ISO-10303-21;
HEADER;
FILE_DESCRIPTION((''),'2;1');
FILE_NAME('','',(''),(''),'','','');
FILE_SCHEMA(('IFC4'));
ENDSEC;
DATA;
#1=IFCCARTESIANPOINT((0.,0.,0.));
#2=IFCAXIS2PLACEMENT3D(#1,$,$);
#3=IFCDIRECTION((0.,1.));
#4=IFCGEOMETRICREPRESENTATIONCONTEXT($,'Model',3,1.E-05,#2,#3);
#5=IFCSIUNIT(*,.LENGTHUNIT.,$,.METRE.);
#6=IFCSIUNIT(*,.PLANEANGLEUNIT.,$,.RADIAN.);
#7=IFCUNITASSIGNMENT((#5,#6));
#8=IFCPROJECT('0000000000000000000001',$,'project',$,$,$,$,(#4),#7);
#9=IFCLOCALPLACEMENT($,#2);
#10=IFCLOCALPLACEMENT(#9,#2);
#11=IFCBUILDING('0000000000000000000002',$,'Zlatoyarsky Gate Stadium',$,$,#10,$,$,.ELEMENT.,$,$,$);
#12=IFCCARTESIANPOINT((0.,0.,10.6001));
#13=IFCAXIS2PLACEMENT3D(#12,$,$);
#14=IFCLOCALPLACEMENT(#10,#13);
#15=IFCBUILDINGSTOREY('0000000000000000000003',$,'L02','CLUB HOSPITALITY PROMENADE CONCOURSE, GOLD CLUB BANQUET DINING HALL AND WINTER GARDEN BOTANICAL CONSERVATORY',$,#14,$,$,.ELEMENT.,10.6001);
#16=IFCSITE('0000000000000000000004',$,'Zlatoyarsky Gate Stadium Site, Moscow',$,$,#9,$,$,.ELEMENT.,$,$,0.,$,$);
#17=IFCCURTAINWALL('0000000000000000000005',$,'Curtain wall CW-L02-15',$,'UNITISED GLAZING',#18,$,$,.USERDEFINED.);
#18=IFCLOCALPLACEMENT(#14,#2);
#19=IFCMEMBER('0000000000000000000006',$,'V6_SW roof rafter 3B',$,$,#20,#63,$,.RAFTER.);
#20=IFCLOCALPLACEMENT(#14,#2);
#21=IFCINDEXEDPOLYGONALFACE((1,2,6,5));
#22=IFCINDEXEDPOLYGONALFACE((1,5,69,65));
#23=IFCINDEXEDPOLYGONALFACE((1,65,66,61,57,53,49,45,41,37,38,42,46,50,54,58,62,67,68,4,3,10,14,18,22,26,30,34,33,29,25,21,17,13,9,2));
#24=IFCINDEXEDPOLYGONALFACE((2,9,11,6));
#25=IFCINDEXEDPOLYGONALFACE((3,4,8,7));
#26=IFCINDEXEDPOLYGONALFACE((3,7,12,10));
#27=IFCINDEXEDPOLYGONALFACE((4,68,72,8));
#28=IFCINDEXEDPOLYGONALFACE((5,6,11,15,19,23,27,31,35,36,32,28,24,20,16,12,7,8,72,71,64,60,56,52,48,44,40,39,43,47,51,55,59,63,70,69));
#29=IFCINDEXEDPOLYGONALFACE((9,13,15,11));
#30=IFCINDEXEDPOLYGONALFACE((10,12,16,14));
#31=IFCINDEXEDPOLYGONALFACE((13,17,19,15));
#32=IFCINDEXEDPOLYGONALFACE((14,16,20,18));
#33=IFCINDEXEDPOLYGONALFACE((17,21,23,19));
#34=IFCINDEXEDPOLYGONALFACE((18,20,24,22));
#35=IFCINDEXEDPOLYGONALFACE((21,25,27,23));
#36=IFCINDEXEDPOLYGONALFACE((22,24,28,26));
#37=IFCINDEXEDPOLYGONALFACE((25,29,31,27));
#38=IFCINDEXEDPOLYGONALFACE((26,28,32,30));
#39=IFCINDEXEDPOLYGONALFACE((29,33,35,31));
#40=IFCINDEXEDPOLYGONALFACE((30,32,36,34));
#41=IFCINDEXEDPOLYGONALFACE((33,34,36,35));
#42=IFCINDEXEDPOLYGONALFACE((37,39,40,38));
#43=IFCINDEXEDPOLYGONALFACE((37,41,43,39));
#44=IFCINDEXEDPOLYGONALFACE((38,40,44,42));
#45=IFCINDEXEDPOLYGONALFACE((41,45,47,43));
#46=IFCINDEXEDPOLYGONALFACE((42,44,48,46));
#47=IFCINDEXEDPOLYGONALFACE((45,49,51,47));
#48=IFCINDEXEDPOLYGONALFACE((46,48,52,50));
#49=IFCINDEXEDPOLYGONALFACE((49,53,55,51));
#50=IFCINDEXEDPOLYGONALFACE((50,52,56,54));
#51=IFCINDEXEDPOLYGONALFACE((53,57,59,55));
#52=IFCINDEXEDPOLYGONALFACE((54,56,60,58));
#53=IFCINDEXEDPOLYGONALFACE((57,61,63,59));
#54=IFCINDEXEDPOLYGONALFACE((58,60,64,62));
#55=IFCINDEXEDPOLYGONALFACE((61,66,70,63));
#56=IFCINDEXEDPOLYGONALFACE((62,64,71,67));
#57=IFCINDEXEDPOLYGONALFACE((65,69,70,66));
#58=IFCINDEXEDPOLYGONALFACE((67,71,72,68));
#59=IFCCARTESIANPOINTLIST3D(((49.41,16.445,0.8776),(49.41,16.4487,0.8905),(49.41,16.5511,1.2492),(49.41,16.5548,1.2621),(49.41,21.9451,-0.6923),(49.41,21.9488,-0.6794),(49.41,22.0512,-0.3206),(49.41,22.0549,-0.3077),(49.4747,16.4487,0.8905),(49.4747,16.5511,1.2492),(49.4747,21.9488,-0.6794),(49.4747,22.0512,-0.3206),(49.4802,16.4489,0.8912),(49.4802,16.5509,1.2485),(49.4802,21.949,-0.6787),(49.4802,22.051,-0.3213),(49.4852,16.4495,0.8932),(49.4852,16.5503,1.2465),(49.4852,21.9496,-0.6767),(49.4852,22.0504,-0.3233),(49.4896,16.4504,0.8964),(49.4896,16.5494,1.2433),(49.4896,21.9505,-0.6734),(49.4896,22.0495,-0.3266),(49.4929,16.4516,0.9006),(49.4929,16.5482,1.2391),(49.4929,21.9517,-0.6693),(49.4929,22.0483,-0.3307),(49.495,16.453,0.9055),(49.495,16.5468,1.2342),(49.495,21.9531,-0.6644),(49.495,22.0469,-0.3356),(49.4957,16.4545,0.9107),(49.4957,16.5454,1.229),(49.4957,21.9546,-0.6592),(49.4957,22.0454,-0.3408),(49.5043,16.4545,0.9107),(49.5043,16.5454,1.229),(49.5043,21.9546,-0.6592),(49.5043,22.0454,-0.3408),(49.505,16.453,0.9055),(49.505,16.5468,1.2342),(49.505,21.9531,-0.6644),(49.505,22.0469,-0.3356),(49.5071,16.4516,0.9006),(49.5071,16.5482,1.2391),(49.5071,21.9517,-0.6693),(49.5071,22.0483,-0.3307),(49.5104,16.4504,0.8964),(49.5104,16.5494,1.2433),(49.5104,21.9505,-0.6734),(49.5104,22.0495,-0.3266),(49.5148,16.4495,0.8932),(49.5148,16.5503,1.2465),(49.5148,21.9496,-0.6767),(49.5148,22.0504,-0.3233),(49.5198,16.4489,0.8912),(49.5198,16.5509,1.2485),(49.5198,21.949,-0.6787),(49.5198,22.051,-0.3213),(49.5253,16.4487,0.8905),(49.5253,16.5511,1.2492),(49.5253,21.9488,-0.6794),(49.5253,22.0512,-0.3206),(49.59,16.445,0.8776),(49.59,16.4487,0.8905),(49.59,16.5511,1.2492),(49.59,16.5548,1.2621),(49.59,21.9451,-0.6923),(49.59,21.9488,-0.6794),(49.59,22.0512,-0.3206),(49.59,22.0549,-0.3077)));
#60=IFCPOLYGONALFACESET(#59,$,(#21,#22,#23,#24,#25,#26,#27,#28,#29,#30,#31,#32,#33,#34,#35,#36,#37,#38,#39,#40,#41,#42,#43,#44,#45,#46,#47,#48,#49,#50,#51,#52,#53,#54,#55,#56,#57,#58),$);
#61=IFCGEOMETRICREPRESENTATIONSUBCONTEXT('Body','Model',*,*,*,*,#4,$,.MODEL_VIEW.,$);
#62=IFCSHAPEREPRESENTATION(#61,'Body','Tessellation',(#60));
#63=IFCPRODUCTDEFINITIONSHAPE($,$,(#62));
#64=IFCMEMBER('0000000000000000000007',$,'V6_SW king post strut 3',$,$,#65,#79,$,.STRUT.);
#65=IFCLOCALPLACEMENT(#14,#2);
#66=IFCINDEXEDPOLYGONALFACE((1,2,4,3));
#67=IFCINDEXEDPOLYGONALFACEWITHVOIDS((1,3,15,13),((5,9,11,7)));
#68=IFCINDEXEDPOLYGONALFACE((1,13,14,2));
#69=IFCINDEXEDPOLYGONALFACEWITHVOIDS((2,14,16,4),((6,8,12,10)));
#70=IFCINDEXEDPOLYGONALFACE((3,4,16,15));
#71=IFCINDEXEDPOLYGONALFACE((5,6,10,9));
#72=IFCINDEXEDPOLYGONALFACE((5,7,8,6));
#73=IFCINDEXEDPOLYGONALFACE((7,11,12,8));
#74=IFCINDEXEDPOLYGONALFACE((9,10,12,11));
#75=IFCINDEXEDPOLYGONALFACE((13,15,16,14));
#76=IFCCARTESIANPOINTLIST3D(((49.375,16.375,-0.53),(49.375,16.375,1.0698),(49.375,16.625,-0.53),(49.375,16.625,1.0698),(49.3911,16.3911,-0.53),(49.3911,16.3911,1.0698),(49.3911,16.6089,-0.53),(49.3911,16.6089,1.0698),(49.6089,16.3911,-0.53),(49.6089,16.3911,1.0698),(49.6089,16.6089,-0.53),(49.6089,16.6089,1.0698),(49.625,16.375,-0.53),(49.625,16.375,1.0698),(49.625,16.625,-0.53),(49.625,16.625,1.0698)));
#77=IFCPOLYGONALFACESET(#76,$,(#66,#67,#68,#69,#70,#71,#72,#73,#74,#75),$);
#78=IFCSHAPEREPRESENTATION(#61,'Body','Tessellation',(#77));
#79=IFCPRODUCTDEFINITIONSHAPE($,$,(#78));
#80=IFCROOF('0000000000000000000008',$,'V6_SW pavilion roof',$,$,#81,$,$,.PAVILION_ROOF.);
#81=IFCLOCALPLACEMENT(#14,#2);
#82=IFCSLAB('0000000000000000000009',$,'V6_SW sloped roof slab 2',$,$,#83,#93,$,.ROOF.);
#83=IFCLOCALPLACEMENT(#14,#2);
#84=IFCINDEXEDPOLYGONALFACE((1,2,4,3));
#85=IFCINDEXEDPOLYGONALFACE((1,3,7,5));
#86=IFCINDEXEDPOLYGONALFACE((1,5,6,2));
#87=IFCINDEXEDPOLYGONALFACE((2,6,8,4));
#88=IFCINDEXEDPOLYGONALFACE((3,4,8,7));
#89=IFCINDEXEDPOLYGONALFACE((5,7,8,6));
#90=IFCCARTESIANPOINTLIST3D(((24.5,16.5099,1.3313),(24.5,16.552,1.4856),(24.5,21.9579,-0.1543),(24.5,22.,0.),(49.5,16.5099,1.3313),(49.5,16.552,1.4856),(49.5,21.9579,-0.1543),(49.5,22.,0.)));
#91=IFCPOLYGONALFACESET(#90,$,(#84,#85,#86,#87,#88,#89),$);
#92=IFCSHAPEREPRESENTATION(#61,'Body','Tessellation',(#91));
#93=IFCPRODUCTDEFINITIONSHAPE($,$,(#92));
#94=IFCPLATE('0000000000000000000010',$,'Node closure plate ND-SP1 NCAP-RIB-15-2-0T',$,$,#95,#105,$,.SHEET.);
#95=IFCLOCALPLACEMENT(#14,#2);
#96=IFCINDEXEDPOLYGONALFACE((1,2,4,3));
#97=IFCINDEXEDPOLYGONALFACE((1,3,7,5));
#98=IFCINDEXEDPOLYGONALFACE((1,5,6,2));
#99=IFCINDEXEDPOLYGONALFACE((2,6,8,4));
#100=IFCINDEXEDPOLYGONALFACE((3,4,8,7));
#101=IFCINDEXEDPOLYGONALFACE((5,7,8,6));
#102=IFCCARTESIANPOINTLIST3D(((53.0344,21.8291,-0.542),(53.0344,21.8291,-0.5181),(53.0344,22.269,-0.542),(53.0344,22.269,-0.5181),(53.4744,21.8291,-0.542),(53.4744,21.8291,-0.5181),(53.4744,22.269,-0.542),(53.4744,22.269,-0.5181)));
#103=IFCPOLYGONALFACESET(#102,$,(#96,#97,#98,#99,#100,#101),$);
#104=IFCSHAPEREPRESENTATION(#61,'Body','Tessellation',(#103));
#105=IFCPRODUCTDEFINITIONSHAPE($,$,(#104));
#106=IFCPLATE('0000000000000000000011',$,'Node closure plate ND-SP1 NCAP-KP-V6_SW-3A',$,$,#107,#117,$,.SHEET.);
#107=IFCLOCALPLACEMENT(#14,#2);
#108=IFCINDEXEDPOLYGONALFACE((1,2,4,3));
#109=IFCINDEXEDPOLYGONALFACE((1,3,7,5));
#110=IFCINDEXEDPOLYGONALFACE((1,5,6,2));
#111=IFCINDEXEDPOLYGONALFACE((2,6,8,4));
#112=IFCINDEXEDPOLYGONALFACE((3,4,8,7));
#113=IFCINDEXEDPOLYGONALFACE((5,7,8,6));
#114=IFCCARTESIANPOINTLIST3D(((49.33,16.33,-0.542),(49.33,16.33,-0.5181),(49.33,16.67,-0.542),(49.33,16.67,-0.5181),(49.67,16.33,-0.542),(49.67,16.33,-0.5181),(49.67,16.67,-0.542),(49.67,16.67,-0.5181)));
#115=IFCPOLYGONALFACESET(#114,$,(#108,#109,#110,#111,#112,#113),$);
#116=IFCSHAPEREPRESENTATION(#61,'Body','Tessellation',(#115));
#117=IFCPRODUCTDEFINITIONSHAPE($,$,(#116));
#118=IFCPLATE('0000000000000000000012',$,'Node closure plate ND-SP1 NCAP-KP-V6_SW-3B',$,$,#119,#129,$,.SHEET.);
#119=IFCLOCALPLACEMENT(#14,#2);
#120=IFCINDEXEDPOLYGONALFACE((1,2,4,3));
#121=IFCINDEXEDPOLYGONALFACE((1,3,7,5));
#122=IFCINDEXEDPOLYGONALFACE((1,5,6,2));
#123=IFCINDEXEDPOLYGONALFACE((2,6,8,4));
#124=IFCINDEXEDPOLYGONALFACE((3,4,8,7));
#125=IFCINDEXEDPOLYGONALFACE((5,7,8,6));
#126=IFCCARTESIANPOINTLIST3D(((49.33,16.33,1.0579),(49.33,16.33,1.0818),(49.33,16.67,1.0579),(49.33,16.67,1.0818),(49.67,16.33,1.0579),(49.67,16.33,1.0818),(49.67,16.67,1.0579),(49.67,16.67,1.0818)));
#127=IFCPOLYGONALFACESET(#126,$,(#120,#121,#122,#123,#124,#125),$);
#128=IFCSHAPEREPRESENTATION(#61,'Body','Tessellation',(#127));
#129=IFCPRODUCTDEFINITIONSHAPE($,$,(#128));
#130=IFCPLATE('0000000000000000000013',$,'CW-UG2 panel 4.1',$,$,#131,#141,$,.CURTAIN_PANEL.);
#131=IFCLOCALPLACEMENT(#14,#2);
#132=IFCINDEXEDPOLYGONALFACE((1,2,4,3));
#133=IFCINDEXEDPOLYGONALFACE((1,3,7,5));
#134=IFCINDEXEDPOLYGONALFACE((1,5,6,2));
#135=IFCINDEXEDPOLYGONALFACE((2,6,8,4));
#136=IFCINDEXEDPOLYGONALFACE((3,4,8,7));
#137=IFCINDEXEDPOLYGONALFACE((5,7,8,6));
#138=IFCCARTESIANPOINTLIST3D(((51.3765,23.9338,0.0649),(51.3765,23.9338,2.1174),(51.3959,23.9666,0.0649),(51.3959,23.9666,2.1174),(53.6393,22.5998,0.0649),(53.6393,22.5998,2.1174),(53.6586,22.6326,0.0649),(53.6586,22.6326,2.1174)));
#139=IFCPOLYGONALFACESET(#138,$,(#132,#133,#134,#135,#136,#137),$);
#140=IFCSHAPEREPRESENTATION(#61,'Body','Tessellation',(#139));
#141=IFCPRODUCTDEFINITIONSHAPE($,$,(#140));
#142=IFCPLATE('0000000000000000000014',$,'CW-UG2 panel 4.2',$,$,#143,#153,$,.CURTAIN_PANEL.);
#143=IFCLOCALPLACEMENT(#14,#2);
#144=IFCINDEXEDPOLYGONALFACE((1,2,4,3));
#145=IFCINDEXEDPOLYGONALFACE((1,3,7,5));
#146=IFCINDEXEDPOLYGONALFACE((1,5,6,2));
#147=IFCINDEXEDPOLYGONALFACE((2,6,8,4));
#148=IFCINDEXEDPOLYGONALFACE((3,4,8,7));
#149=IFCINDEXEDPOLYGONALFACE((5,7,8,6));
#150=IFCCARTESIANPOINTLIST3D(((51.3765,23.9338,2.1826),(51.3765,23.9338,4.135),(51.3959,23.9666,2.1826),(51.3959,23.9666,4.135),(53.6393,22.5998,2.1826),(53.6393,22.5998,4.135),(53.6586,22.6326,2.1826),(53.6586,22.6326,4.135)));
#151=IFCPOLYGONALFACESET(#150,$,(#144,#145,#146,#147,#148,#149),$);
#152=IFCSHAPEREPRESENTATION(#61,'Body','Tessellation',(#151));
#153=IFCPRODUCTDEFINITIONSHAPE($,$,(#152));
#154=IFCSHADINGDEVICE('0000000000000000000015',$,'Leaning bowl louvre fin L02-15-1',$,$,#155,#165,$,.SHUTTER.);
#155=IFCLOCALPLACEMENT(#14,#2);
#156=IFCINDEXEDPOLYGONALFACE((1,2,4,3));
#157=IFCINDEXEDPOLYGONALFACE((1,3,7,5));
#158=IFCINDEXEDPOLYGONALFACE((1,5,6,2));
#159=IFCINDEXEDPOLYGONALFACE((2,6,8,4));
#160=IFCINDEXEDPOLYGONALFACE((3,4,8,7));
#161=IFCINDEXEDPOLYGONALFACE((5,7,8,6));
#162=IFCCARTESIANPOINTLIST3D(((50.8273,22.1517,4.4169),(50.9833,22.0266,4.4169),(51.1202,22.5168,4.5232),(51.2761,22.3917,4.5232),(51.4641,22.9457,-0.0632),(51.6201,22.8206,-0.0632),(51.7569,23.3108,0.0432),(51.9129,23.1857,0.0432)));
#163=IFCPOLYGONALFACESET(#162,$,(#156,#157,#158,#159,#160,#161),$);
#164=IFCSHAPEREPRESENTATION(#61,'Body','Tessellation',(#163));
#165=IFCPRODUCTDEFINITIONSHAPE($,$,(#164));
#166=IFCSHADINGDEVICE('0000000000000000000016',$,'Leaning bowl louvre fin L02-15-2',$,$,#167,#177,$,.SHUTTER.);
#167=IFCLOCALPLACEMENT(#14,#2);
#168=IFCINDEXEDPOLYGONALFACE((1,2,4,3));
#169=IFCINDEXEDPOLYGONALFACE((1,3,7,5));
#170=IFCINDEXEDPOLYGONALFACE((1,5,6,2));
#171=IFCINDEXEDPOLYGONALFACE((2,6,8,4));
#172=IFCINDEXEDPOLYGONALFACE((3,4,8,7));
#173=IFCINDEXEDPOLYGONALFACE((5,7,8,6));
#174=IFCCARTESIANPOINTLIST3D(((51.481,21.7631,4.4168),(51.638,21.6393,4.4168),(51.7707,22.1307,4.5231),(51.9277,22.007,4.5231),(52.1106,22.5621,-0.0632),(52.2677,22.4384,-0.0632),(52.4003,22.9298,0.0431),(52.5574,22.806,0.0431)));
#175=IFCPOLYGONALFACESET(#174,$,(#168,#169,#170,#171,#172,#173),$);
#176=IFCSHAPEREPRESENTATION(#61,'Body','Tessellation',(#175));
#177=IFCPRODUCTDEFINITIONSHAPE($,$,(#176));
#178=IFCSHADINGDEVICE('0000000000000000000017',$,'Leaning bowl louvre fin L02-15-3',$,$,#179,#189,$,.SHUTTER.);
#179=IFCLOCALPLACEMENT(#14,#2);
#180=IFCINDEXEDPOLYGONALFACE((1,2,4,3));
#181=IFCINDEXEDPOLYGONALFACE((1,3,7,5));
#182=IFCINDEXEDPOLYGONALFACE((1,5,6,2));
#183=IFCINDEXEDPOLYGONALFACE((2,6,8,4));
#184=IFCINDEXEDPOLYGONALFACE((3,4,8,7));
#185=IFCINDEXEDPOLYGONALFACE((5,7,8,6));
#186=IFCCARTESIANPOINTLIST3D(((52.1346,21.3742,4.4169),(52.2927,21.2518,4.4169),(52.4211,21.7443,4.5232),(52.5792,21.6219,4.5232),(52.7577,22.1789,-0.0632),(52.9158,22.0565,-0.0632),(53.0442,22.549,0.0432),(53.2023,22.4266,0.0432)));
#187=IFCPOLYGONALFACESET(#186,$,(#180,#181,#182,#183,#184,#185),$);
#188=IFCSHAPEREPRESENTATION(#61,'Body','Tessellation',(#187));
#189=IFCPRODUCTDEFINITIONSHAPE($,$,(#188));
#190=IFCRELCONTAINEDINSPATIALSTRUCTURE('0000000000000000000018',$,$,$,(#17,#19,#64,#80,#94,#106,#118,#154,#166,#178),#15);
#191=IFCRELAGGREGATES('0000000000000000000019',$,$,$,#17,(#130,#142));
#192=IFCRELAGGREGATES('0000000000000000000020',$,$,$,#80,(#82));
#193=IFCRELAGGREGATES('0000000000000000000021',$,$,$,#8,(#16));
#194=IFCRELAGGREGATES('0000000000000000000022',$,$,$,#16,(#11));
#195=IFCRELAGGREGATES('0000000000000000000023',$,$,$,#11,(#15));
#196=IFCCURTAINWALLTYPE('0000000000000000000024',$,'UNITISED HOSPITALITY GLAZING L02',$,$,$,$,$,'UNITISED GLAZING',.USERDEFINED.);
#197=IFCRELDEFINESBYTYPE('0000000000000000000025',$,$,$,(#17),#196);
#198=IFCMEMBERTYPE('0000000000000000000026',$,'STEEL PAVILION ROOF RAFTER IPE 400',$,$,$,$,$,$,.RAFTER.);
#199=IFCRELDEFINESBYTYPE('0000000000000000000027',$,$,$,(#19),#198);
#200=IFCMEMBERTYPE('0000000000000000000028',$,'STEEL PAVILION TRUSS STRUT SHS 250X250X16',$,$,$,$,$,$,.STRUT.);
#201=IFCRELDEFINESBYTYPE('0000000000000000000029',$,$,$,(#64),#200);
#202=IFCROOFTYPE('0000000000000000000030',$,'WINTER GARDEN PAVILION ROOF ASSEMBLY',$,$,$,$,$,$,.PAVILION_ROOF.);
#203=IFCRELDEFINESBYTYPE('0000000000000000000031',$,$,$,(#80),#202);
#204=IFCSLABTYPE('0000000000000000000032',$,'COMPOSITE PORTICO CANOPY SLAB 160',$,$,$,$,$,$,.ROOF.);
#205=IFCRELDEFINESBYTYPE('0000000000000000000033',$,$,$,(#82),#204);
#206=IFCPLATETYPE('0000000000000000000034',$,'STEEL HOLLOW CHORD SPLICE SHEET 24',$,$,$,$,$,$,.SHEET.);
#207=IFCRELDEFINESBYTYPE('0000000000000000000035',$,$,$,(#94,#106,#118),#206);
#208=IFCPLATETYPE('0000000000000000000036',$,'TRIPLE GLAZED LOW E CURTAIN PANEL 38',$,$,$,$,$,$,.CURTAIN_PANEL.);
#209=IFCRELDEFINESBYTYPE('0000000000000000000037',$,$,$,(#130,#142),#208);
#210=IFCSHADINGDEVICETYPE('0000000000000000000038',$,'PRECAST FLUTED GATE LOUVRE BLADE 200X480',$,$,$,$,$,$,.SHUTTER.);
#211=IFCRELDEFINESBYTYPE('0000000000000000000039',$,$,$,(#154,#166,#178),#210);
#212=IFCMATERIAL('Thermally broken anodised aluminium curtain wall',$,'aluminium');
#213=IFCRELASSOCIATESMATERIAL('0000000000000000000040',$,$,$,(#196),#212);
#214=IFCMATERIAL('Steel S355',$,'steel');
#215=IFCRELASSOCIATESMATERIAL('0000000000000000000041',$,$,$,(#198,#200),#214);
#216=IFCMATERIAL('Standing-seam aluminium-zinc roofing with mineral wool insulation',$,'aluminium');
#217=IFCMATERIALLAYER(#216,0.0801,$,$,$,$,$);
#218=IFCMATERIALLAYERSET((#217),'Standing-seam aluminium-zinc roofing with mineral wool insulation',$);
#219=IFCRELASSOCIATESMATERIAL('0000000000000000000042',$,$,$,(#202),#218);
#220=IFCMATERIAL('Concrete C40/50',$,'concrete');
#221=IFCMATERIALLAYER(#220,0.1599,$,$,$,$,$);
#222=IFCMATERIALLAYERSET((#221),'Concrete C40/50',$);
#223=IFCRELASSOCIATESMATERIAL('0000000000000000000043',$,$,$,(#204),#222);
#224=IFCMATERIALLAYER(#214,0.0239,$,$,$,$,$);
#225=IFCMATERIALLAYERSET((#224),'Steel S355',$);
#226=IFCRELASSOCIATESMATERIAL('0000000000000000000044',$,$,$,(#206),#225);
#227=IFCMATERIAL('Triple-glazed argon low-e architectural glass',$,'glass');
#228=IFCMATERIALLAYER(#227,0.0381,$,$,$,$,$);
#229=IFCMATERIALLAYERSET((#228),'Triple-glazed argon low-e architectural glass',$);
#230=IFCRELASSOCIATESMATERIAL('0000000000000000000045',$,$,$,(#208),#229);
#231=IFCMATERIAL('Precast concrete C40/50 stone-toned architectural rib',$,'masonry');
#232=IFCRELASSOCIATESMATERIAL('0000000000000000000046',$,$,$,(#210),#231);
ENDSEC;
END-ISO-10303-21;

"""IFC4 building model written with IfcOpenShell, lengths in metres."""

from ifc_helpers import new_model, si_unit, direction, frame, origin, origin_2d, place, context, subcontext, project, spatial, polyline, rectangle, hollow_rectangle, i_section, outline, extrude, material, layer, layer_set, material_profile, profile_set, type_object, element, aggregate, save


model = new_model("IFC4")

# Units and contexts
model_context = context("Model", 3, precision=1e-05, world=origin(), true_north=direction((0.0, 1.0)))
body_context = subcontext(model_context, "Body", "Model", "MODEL_VIEW")
ifc_project = project(units=[si_unit("LENGTHUNIT", "METRE"), si_unit("PLANEANGLEUNIT", "RADIAN")], contexts=[model_context])

# Site, building, storey
site_placement = place(None, origin())
site = spatial("IfcSite", under=ifc_project, at=site_placement, Name="Zlatoyarsky Gate Stadium Site, Moscow", CompositionType="ELEMENT", RefElevation=0.0)
building_placement = place(site_placement, origin())
building = spatial("IfcBuilding", under=site, at=building_placement, Name="Zlatoyarsky Gate Stadium", CompositionType="ELEMENT")
storey_placement = place(building_placement, frame((0.0, 0.0, 10.6001)))
storey = spatial("IfcBuildingStorey", under=building, at=storey_placement, Name="L02", Description="CLUB HOSPITALITY PROMENADE CONCOURSE, GOLD CLUB BANQUET DINING HALL AND WINTER GARDEN BOTANICAL CONSERVATORY", CompositionType="ELEMENT", Elevation=10.6001)

# Curtain wall
ifc_material_1 = material(Name="Thermally broken anodised aluminium curtain wall", Category="aluminium")
curtain_wall_type = type_object("IfcCurtainWallType", Name="UNITISED HOSPITALITY GLAZING L02", ElementType="UNITISED GLAZING", PredefinedType="USERDEFINED", material=ifc_material_1)
curtain_wall_placement = place(storey_placement, origin())
curtain_wall = element("IfcCurtainWall", 1, at=curtain_wall_placement, inside=storey, type_object=curtain_wall_type, Name="Curtain wall CW-L02-15", ObjectType="UNITISED GLAZING", PredefinedType="USERDEFINED")

# Members
ifc_material_2 = material(Name="Steel S355", Category="steel")
ifc_material_profile_1 = material_profile(ifc_material_2, i_section(OverallWidth=0.1799, OverallDepth=0.3999, WebThickness=0.0085, FlangeThickness=0.0134, FilletRadius=0.021, at=origin_2d()), Name="IPE 400")
ifc_profile_set_1 = profile_set([ifc_material_profile_1], Name="Steel S355")
member_type_1 = type_object("IfcMemberType", Name="STEEL PAVILION ROOF RAFTER IPE 400", PredefinedType="RAFTER", material=ifc_profile_set_1)
member_1_placement = place(storey_placement, frame((49.5, 22.0, -0.5), z_axis=(0.0, -0.961598, 0.274462), x_axis=(1.0, 0.0, 0.0)))
element("IfcMember", 2, at=member_1_placement, inside=storey, type_object=member_type_1, Name="V6_SW roof rafter 3B", PredefinedType="RAFTER", context=body_context, shape_type="SweptSolid", body=[
    extrude(i_section(OverallWidth=0.1799, OverallDepth=0.3999, WebThickness=0.0085, FlangeThickness=0.0134, FilletRadius=0.021, at=origin_2d()), origin(), (0.0, 0.0, 1.0), 5.7197),
])
ifc_material_profile_2 = material_profile(ifc_material_2, hollow_rectangle(XDim=0.25, YDim=0.25, WallThickness=0.0161, at=origin_2d()), Name="SHS 250X250X16")
ifc_profile_set_2 = profile_set([ifc_material_profile_2], Name="Steel S355")
member_type_2 = type_object("IfcMemberType", Name="STEEL PAVILION TRUSS STRUT SHS 250X250X16", PredefinedType="STRUT", material=ifc_profile_set_2)
member_2_placement = place(storey_placement, frame((49.5, 16.5, -0.53), z_axis=(0.0, 0.0, 1.0), x_axis=(1.0, 0.0, 0.0)))
element("IfcMember", 3, at=member_2_placement, inside=storey, type_object=member_type_2, Name="V6_SW king post strut 3", PredefinedType="STRUT", context=body_context, shape_type="SweptSolid", body=[
    extrude(hollow_rectangle(XDim=0.25, YDim=0.25, WallThickness=0.0161, at=origin_2d()), origin(), (0.0, 0.0, 1.0), 1.5999),
])

# Roof, slab
ifc_material_3 = material(Name="Standing-seam aluminium-zinc roofing with mineral wool insulation", Category="aluminium")
ifc_layer_1 = layer(ifc_material_3, 0.0801)
ifc_layer_set_1 = layer_set([ifc_layer_1], Name="Standing-seam aluminium-zinc roofing with mineral wool insulation")
roof_type = type_object("IfcRoofType", Name="WINTER GARDEN PAVILION ROOF ASSEMBLY", PredefinedType="PAVILION_ROOF", material=ifc_layer_set_1)
roof_placement = place(storey_placement, origin())
roof = element("IfcRoof", 4, at=roof_placement, inside=storey, type_object=roof_type, Name="V6_SW pavilion roof", PredefinedType="PAVILION_ROOF")
ifc_material_4 = material(Name="Concrete C40/50", Category="concrete")
ifc_layer_2 = layer(ifc_material_4, 0.1599)
ifc_layer_set_2 = layer_set([ifc_layer_2], Name="Concrete C40/50")
slab_type = type_object("IfcSlabType", Name="COMPOSITE PORTICO CANOPY SLAB 160", PredefinedType="ROOF", material=ifc_layer_set_2)
slab_placement = place(storey_placement, frame((49.5, 22.0, 0.0), z_axis=(0.0, 0.263081, 0.964774), x_axis=(-1.0, 0.0, 0.0)))
slab = element("IfcSlab", 5, at=slab_placement, type_object=slab_type, Name="V6_SW sloped roof slab 2", PredefinedType="ROOF", context=body_context, shape_type="SweptSolid", body=[
    extrude(outline(polyline([(0.0, 0.0), (25.0, 0.0), (25.0, 5.6469), (0.0, 5.6469), (0.0, 0.0)])), origin(), (0.0, 0.0, -1.0), 0.1599),
])

# Plates
ifc_layer_3 = layer(ifc_material_2, 0.0239)
ifc_layer_set_3 = layer_set([ifc_layer_3], Name="Steel S355")
plate_type_1 = type_object("IfcPlateType", Name="STEEL HOLLOW CHORD SPLICE SHEET 24", PredefinedType="SHEET", material=ifc_layer_set_3)
plate_1_placement = place(storey_placement, frame((53.2544, 22.0491, -0.542), z_axis=(0.0, 0.0, 1.0), x_axis=(1.0, 0.0, 0.0)))
element("IfcPlate", 6, at=plate_1_placement, inside=storey, type_object=plate_type_1, Name="Node closure plate ND-SP1 NCAP-RIB-15-2-0T", PredefinedType="SHEET", context=body_context, shape_type="SweptSolid", body=[
    extrude(rectangle(XDim=0.4399, YDim=0.4399, at=origin_2d()), origin(), (0.0, 0.0, 1.0), 0.0239),
])
for number, where, z_axis, x_axis, name in (
    (7, (49.5, 16.5, -0.542), (0.0, 0.0, 1.0), (1.0, 0.0, 0.0), "Node closure plate ND-SP1 NCAP-KP-V6_SW-3A"),
    (8, (49.5, 16.5, 1.0579), (0.0, 0.0, 1.0), (1.0, 0.0, 0.0), "Node closure plate ND-SP1 NCAP-KP-V6_SW-3B"),
):
    element("IfcPlate", number, at=place(storey_placement, frame(where, z_axis=z_axis, x_axis=x_axis)), inside=storey, type_object=plate_type_1, Name=name, PredefinedType="SHEET", context=body_context, shape_type="SweptSolid", body=[
        extrude(rectangle(XDim=0.3401, YDim=0.3401, at=origin_2d()), origin(), (0.0, 0.0, 1.0), 0.0239),
    ])

# Plates
ifc_material_5 = material(Name="Triple-glazed argon low-e architectural glass", Category="glass")
ifc_layer_4 = layer(ifc_material_5, 0.0381)
ifc_layer_set_4 = layer_set([ifc_layer_4], Name="Triple-glazed argon low-e architectural glass")
plate_type_2 = type_object("IfcPlateType", Name="TRIPLE GLAZED LOW E CURTAIN PANEL 38", PredefinedType="CURTAIN_PANEL", material=ifc_layer_set_4)
plate_2_placement = place(storey_placement, frame((52.5176, 23.2832, 0.0649), z_axis=(0.0, 0.0, 1.0), x_axis=(0.861425, -0.507884, 0.0)))
plate_2 = element("IfcPlate", 9, at=plate_2_placement, type_object=plate_type_2, Name="CW-UG2 panel 4.1", PredefinedType="CURTAIN_PANEL", context=body_context, shape_type="SweptSolid", body=[
    extrude(rectangle(XDim=2.6267, YDim=0.0381, at=origin_2d()), origin(), (0.0, 0.0, 1.0), 2.0525),
])
plate_3_placement = place(storey_placement, frame((52.5176, 23.2832, 2.1826), z_axis=(0.0, 0.0, 1.0), x_axis=(0.861425, -0.507884, 0.0)))
plate_3 = element("IfcPlate", 10, at=plate_3_placement, type_object=plate_type_2, Name="CW-UG2 panel 4.2", PredefinedType="CURTAIN_PANEL", context=body_context, shape_type="SweptSolid", body=[
    extrude(rectangle(XDim=2.6267, YDim=0.0381, at=origin_2d()), origin(), (0.0, 0.0, 1.0), 1.9524),
])
aggregate(curtain_wall, [plate_2, plate_3])

# Shading devices
ifc_material_6 = material(Name="Precast concrete C40/50 stone-toned architectural rib", Category="masonry")
ifc_material_profile_3 = material_profile(ifc_material_6, rectangle(XDim=0.2, YDim=0.48, at=origin_2d()), Name="RIB 200X480")
ifc_profile_set_3 = profile_set([ifc_material_profile_3], Name="Precast concrete C40/50 stone-toned architectural rib")
shading_device_type = type_object("IfcShadingDeviceType", Name="PRECAST FLUTED GATE LOUVRE BLADE 200X480", PredefinedType="SHUTTER", material=ifc_profile_set_3)
shading_device_1_placement = place(storey_placement, frame((51.6885, 23.0657, -0.01), z_axis=(-0.138594, -0.172818, 0.975154), x_axis=(0.780119, -0.625631, 0.0)))
element("IfcShadingDevice", 11, at=shading_device_1_placement, inside=storey, type_object=shading_device_type, Name="Leaning bowl louvre fin L02-15-1", PredefinedType="SHUTTER", context=body_context, shape_type="SweptSolid", body=[
    extrude(rectangle(XDim=0.2, YDim=0.48, at=origin_2d()), origin(), (0.0, 0.0, 1.0), 4.5942),
])
shading_device_2_placement = place(storey_placement, frame((52.334, 22.6841, -0.01), z_axis=(-0.137056, -0.173937, 0.975173), x_axis=(0.78546, -0.618913, 0.0)))
element("IfcShadingDevice", 12, at=shading_device_2_placement, inside=storey, type_object=shading_device_type, Name="Leaning bowl louvre fin L02-15-2", PredefinedType="SHUTTER", context=body_context, shape_type="SweptSolid", body=[
    extrude(rectangle(XDim=0.2, YDim=0.48, at=origin_2d()), origin(), (0.0, 0.0, 1.0), 4.594),
])
shading_device_3_placement = place(storey_placement, frame((52.98, 22.3027, -0.01), z_axis=(-0.135618, -0.175156, 0.975155), x_axis=(0.790694, -0.612212, 0.0)))
element("IfcShadingDevice", 13, at=shading_device_3_placement, inside=storey, type_object=shading_device_type, Name="Leaning bowl louvre fin L02-15-3", PredefinedType="SHUTTER", context=body_context, shape_type="SweptSolid", body=[
    extrude(rectangle(XDim=0.2, YDim=0.48, at=origin_2d()), origin(), (0.0, 0.0, 1.0), 4.5942),
])

aggregate(roof, [slab])

save(model, "model.ifc")
